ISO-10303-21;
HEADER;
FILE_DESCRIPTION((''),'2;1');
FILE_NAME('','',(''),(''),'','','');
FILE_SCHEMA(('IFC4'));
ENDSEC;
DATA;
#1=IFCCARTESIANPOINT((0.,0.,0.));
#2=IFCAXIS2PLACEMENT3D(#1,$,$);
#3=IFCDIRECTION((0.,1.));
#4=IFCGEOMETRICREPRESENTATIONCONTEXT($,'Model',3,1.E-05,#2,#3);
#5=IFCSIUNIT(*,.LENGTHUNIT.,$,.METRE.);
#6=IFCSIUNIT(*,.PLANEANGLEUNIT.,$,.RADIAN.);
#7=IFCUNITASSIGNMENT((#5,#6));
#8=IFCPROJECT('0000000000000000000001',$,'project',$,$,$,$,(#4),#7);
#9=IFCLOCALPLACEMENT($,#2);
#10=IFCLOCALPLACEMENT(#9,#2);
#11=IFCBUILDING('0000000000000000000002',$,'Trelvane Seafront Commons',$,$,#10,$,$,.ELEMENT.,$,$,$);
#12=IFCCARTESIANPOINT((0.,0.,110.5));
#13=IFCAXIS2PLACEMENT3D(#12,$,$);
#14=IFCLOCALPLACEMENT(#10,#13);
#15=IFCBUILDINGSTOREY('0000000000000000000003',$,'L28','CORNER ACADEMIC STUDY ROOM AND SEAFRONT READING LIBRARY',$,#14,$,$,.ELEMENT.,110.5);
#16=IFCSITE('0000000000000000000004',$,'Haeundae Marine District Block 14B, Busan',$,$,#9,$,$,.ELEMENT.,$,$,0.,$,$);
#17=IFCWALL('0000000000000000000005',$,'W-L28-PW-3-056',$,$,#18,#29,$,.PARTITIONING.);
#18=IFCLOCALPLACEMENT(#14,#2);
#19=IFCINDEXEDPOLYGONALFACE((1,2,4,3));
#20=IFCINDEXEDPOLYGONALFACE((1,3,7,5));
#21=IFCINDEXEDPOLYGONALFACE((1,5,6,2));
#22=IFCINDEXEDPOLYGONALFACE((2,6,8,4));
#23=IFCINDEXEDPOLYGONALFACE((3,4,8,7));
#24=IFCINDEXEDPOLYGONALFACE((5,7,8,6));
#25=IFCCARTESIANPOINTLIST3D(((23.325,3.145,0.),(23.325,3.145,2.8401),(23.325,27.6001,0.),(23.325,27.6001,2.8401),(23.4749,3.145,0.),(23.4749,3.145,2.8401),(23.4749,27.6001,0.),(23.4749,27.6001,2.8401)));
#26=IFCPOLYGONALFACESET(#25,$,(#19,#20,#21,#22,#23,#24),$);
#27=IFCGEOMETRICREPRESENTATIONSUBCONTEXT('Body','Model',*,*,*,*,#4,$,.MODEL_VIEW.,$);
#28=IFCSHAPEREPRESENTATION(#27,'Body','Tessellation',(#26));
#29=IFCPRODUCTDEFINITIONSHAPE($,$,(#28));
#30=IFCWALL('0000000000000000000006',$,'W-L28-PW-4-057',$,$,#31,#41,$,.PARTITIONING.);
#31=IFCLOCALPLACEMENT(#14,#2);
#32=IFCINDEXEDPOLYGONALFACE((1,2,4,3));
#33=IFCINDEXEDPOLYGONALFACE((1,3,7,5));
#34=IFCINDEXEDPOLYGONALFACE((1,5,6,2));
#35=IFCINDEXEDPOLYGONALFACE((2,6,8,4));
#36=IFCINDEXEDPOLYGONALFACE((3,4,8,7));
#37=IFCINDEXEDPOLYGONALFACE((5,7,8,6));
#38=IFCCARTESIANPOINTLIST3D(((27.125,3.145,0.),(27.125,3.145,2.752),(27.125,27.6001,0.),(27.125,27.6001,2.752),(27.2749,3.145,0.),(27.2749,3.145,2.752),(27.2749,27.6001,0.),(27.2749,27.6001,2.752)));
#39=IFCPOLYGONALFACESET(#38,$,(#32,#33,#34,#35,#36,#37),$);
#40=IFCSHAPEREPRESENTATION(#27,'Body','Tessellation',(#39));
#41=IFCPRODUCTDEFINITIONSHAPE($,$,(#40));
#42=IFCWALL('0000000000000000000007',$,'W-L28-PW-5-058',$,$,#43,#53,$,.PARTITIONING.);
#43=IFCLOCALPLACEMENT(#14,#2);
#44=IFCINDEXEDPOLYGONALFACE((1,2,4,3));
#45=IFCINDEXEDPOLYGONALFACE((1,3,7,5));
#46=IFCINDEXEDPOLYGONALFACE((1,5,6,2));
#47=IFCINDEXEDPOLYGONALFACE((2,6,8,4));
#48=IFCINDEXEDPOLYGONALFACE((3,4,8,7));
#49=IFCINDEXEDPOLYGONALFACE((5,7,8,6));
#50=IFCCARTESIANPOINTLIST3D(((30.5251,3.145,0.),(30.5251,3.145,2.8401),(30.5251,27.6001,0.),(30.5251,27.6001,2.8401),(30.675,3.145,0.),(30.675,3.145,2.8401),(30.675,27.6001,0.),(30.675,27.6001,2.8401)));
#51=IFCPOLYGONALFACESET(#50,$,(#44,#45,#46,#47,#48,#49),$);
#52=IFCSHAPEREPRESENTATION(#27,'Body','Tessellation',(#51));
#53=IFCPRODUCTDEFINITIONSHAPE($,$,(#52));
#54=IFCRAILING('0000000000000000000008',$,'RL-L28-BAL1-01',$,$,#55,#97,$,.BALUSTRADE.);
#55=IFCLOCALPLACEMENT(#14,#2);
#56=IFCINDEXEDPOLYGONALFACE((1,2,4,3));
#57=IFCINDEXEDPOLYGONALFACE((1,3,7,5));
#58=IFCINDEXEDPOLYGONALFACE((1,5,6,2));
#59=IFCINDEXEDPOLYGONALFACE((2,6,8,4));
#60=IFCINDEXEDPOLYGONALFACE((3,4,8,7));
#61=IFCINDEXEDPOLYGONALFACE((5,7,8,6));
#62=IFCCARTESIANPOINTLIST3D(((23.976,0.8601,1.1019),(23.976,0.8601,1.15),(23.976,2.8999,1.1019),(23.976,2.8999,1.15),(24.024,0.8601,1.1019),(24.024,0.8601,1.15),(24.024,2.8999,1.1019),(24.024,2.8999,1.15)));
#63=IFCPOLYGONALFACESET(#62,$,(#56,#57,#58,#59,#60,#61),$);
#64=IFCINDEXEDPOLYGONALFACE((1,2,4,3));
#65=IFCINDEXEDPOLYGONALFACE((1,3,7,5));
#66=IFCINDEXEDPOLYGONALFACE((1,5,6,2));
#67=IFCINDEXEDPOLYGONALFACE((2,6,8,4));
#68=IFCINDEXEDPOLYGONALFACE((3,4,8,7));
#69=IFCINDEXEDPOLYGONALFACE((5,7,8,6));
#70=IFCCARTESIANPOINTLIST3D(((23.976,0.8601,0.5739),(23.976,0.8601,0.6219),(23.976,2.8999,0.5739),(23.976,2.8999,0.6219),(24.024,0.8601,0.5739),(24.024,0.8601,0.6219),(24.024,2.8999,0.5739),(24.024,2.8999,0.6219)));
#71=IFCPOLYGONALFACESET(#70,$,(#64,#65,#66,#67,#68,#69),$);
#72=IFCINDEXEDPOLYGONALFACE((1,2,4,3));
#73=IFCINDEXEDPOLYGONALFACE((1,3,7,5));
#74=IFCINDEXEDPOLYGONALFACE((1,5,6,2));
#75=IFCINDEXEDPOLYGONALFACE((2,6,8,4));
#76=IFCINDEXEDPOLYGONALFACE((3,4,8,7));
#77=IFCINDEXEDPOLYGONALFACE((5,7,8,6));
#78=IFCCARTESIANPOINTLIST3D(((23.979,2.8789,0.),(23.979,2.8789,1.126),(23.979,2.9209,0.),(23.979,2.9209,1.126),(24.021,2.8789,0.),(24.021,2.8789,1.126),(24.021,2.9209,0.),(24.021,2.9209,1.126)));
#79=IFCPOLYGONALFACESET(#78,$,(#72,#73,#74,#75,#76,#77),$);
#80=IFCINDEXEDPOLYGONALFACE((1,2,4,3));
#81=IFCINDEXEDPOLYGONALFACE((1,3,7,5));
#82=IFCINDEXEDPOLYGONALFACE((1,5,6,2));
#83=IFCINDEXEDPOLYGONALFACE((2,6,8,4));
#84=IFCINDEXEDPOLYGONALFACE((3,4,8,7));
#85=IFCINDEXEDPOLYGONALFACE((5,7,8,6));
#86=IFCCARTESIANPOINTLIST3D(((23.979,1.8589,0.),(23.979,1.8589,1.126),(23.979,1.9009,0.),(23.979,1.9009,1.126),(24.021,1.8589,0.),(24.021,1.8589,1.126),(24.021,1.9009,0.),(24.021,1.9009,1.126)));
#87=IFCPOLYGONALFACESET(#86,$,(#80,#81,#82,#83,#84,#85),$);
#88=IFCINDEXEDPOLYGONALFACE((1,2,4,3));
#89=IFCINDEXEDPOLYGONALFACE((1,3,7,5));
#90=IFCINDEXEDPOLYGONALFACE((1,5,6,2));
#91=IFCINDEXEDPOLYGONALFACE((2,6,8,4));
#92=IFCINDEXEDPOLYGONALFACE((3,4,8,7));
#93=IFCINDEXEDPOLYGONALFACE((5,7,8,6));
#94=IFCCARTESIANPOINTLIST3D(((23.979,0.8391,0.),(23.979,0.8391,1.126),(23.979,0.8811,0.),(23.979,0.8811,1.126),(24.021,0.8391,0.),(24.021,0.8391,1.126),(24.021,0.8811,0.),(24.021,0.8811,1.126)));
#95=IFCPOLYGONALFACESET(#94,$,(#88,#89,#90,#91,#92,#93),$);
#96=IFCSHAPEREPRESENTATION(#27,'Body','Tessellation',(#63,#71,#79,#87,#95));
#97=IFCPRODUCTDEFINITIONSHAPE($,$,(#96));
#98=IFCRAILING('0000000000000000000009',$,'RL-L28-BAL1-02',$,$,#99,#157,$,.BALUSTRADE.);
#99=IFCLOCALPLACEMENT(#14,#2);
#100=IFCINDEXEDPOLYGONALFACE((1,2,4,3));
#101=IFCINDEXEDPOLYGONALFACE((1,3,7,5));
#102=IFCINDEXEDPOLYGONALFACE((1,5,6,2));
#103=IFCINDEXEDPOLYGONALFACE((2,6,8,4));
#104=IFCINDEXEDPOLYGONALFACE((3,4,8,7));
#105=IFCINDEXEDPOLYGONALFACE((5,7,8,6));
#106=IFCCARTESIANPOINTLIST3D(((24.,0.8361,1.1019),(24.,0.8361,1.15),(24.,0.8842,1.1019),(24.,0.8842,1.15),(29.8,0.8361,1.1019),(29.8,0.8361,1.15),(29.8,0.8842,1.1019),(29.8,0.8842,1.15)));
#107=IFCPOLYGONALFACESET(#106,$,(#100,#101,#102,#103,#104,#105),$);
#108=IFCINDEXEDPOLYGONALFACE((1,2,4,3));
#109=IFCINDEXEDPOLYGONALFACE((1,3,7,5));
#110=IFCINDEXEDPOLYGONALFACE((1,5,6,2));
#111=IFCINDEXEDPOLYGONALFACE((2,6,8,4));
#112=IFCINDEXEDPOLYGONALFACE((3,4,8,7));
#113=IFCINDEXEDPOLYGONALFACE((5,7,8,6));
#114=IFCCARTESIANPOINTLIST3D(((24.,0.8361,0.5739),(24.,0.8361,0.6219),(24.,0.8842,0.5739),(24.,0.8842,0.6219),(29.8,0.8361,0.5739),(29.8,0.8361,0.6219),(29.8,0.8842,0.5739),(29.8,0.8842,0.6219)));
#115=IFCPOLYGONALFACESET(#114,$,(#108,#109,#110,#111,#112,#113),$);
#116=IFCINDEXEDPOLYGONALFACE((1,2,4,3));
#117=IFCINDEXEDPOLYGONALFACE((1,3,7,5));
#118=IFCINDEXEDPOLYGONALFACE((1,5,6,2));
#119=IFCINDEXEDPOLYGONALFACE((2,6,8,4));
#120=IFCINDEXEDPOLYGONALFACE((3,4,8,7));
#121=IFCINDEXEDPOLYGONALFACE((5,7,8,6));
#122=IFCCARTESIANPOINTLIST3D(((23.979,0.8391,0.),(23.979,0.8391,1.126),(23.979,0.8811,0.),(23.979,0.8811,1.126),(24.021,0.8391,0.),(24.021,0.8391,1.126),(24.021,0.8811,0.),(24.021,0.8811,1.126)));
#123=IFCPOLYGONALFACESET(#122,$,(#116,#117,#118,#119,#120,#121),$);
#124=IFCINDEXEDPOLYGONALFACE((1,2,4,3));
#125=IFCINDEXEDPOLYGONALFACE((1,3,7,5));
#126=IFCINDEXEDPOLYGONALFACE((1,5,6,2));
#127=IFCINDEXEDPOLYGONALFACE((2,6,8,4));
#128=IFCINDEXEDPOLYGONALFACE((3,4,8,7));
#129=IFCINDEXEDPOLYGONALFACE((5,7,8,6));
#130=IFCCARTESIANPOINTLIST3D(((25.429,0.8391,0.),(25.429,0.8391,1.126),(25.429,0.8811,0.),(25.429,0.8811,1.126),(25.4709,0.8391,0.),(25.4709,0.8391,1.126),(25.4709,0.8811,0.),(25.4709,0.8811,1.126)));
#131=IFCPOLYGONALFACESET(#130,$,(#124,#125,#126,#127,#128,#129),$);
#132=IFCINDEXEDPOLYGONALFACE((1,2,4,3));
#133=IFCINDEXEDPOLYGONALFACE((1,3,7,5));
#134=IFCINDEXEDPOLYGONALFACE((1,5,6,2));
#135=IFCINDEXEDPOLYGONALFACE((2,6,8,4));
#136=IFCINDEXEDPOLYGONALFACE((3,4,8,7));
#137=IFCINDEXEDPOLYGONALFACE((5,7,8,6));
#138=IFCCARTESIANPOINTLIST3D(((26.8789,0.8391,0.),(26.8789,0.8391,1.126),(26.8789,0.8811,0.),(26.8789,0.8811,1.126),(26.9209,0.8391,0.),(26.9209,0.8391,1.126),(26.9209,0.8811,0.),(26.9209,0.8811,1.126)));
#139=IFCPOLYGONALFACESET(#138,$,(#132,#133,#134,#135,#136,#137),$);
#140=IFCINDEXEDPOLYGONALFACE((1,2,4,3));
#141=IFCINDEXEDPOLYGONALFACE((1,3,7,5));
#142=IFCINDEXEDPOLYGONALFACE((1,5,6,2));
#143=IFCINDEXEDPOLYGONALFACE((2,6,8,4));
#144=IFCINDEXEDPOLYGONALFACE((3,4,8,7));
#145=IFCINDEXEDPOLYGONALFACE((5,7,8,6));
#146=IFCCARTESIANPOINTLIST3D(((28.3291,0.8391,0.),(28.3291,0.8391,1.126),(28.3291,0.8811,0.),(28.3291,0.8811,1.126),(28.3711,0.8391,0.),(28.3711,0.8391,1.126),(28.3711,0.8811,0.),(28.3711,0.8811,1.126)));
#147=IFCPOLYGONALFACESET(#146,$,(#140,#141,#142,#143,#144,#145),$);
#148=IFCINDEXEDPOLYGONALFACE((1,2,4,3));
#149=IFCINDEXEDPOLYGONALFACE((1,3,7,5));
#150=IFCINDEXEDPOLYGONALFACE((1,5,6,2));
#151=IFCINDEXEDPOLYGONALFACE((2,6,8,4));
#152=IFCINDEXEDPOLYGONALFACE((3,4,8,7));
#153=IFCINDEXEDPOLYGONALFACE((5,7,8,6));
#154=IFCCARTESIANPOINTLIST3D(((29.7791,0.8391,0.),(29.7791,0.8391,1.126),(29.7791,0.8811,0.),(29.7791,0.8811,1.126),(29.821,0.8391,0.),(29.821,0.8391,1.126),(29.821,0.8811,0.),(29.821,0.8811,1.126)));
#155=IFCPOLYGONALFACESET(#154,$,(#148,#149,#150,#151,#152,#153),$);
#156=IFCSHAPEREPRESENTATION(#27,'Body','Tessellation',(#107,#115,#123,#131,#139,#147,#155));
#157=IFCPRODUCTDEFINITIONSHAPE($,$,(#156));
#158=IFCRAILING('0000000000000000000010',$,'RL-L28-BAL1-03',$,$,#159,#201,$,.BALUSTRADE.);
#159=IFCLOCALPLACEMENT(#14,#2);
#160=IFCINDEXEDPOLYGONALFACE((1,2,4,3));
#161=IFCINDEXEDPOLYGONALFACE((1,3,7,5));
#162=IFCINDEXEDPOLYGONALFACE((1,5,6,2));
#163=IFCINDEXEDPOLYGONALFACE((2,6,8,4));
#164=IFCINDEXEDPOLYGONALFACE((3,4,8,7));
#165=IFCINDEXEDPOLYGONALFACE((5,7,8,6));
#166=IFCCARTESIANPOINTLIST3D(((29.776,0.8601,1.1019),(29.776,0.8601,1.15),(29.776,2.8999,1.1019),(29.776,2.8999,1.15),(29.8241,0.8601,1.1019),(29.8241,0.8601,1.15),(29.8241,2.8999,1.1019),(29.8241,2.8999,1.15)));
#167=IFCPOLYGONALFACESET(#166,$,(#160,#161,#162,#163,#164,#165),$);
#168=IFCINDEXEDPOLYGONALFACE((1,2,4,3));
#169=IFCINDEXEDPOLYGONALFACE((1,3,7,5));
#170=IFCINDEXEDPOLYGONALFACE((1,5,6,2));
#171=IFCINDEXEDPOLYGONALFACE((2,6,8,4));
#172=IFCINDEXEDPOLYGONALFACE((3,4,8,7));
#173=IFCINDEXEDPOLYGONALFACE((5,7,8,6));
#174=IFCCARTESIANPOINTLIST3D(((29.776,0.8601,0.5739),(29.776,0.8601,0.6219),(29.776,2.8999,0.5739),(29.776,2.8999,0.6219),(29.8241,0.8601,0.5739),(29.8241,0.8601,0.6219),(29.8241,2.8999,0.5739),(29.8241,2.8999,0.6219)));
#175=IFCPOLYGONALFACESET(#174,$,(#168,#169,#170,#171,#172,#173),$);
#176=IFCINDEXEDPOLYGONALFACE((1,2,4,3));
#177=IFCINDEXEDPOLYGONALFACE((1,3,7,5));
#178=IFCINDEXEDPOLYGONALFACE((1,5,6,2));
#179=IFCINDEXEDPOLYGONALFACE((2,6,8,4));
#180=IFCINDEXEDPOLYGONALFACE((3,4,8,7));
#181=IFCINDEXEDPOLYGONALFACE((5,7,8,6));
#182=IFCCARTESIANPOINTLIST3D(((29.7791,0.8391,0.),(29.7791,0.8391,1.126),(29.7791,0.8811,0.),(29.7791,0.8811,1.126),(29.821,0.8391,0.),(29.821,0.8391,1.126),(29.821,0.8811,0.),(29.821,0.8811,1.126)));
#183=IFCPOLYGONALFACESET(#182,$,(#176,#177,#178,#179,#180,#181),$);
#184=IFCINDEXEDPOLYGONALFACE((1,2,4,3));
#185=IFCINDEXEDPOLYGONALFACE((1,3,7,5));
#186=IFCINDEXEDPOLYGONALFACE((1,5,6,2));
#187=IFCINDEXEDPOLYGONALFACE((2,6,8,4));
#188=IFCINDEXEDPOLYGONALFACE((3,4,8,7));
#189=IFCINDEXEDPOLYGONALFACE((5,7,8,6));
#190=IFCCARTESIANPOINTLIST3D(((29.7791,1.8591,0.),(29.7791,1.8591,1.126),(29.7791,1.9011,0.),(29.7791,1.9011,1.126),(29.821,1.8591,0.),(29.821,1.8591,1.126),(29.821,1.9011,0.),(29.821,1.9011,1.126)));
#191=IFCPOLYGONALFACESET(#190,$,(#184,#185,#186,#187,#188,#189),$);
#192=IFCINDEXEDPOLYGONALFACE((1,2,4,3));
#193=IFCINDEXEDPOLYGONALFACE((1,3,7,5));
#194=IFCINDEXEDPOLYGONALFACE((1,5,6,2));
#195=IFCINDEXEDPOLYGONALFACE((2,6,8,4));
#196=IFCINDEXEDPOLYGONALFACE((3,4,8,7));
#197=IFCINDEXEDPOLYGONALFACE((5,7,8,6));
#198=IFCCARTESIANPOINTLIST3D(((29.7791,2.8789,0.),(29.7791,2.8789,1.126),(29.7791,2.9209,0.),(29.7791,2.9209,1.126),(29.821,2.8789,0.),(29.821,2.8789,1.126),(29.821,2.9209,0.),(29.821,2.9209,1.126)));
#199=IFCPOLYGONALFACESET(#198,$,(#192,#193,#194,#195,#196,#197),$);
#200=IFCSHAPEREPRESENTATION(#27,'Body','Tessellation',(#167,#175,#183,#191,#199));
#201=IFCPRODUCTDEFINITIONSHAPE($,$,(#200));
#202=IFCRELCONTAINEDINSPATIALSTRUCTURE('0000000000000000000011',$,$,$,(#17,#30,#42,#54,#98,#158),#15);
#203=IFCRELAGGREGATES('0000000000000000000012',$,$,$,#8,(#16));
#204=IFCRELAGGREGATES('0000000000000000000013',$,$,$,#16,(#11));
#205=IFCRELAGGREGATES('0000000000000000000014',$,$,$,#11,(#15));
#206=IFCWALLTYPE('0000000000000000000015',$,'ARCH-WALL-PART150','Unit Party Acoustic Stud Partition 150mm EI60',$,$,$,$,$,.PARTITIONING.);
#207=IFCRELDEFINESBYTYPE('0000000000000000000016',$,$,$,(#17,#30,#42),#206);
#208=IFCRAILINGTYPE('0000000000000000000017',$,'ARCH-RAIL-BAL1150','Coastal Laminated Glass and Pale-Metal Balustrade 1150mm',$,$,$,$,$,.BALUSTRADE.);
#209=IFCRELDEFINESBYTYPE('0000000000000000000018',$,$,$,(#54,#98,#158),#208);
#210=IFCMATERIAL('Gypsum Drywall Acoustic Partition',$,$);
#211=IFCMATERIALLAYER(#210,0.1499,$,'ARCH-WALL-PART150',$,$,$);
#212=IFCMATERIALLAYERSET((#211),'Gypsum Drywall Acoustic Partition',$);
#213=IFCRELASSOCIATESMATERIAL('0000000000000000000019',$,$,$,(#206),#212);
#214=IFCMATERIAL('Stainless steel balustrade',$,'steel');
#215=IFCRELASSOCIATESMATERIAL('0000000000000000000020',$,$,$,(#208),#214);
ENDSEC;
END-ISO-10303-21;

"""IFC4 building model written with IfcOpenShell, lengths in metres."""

from ifc_helpers import new_model, si_unit, direction, frame, frame_2d, origin, origin_2d, place, context, subcontext, project, spatial, rectangle, extrude, material, layer, layer_set, type_object, element, save


model = new_model("IFC4")

# Units and contexts
model_context = context("Model", 3, precision=1e-05, world=origin(), true_north=direction((0.0, 1.0)))
body_context = subcontext(model_context, "Body", "Model", "MODEL_VIEW")
ifc_project = project(units=[si_unit("LENGTHUNIT", "METRE"), si_unit("PLANEANGLEUNIT", "RADIAN")], contexts=[model_context])

# Site, building, storey
site_placement = place(None, origin())
site = spatial("IfcSite", under=ifc_project, at=site_placement, Name="Haeundae Marine District Block 14B, Busan", CompositionType="ELEMENT", RefElevation=0.0)
building_placement = place(site_placement, origin())
building = spatial("IfcBuilding", under=site, at=building_placement, Name="Trelvane Seafront Commons", CompositionType="ELEMENT")
storey_placement = place(building_placement, frame((0.0, 0.0, 110.5)))
storey = spatial("IfcBuildingStorey", under=building, at=storey_placement, Name="L28", Description="CORNER ACADEMIC STUDY ROOM AND SEAFRONT READING LIBRARY", CompositionType="ELEMENT", Elevation=110.5)

# Walls
ifc_material_1 = material(Name="Gypsum Drywall Acoustic Partition")
ifc_layer_1 = layer(ifc_material_1, 0.1499, Name="ARCH-WALL-PART150")
ifc_layer_set_1 = layer_set([ifc_layer_1], Name="Gypsum Drywall Acoustic Partition")
wall_type = type_object("IfcWallType", Name="ARCH-WALL-PART150", Description="Unit Party Acoustic Stud Partition 150mm EI60", PredefinedType="PARTITIONING", material=ifc_layer_set_1)
wall_1_placement = place(storey_placement, frame((23.3999, 3.145, 0.0), z_axis=(0.0, 0.0, 1.0), x_axis=(0.0, 1.0, 0.0)))
element("IfcWall", 1, at=wall_1_placement, inside=storey, type_object=wall_type, Name="W-L28-PW-3-056", PredefinedType="PARTITIONING", context=body_context, shape_type="SweptSolid", body=[
    extrude(rectangle(XDim=24.4551, YDim=0.1499, at=frame_2d((12.2275, 0.0))), origin(), (0.0, 0.0, 1.0), 2.8401),
])
wall_2_placement = place(storey_placement, frame((27.2, 3.145, 0.0), z_axis=(0.0, 0.0, 1.0), x_axis=(0.0, 1.0, 0.0)))
element("IfcWall", 2, at=wall_2_placement, inside=storey, type_object=wall_type, Name="W-L28-PW-4-057", PredefinedType="PARTITIONING", context=body_context, shape_type="SweptSolid", body=[
    extrude(rectangle(XDim=24.4551, YDim=0.1499, at=frame_2d((12.2275, 0.0))), origin(), (0.0, 0.0, 1.0), 2.752),
])
wall_3_placement = place(storey_placement, frame((30.6001, 3.145, 0.0), z_axis=(0.0, 0.0, 1.0), x_axis=(0.0, 1.0, 0.0)))
element("IfcWall", 3, at=wall_3_placement, inside=storey, type_object=wall_type, Name="W-L28-PW-5-058", PredefinedType="PARTITIONING", context=body_context, shape_type="SweptSolid", body=[
    extrude(rectangle(XDim=24.4551, YDim=0.1499, at=frame_2d((12.2275, 0.0))), origin(), (0.0, 0.0, 1.0), 2.8401),
])

# Railings
ifc_material_2 = material(Name="Stainless steel balustrade", Category="steel")
railing_type = type_object("IfcRailingType", Name="ARCH-RAIL-BAL1150", Description="Coastal Laminated Glass and Pale-Metal Balustrade 1150mm", PredefinedType="BALUSTRADE", material=ifc_material_2)
railing_1_placement = place(storey_placement, frame((24.0, 2.8999, 0.0)))
element("IfcRailing", 4, at=railing_1_placement, inside=storey, type_object=railing_type, Name="RL-L28-BAL1-01", PredefinedType="BALUSTRADE", context=body_context, shape_type="SweptSolid", body=[
    extrude(rectangle(XDim=0.0481, YDim=0.0481, at=origin_2d()), frame((0.0, 0.0, 1.126), z_axis=(0.0, -1.0, 0.0), x_axis=(1.0, 0.0, 0.0)), (0.0, 0.0, 1.0), 2.0398),
    extrude(rectangle(XDim=0.0481, YDim=0.0481, at=origin_2d()), frame((0.0, 0.0, 0.5979), z_axis=(0.0, -1.0, 0.0), x_axis=(1.0, 0.0, 0.0)), (0.0, 0.0, 1.0), 2.0398),
    extrude(rectangle(XDim=0.042, YDim=0.042, at=origin_2d()), origin(), (0.0, 0.0, 1.0), 1.126),
    extrude(rectangle(XDim=0.042, YDim=0.042, at=origin_2d()), frame((0.0, -1.02, 0.0)), (0.0, 0.0, 1.0), 1.126),
    extrude(rectangle(XDim=0.042, YDim=0.042, at=origin_2d()), frame((0.0, -2.0398, 0.0)), (0.0, 0.0, 1.0), 1.126),
])
railing_2_placement = place(storey_placement, frame((24.0, 0.8601, 0.0)))
element("IfcRailing", 5, at=railing_2_placement, inside=storey, type_object=railing_type, Name="RL-L28-BAL1-02", PredefinedType="BALUSTRADE", context=body_context, shape_type="SweptSolid", body=[
    extrude(rectangle(XDim=0.0481, YDim=0.0481, at=origin_2d()), frame((0.0, 0.0, 1.126), z_axis=(1.0, 0.0, 0.0), x_axis=(0.0, 1.0, 0.0)), (0.0, 0.0, 1.0), 5.8),
    extrude(rectangle(XDim=0.0481, YDim=0.0481, at=origin_2d()), frame((0.0, 0.0, 0.5979), z_axis=(1.0, 0.0, 0.0), x_axis=(0.0, 1.0, 0.0)), (0.0, 0.0, 1.0), 5.8),
    extrude(rectangle(XDim=0.042, YDim=0.042, at=origin_2d()), origin(), (0.0, 0.0, 1.0), 1.126),
    extrude(rectangle(XDim=0.042, YDim=0.042, at=origin_2d()), frame((1.45, 0.0, 0.0)), (0.0, 0.0, 1.0), 1.126),
    extrude(rectangle(XDim=0.042, YDim=0.042, at=origin_2d()), frame((2.8999, 0.0, 0.0)), (0.0, 0.0, 1.0), 1.126),
    extrude(rectangle(XDim=0.042, YDim=0.042, at=origin_2d()), frame((4.3501, 0.0, 0.0)), (0.0, 0.0, 1.0), 1.126),
    extrude(rectangle(XDim=0.042, YDim=0.042, at=origin_2d()), frame((5.8, 0.0, 0.0)), (0.0, 0.0, 1.0), 1.126),
])
railing_3_placement = place(storey_placement, frame((29.8, 0.8601, 0.0)))
element("IfcRailing", 6, at=railing_3_placement, inside=storey, type_object=railing_type, Name="RL-L28-BAL1-03", PredefinedType="BALUSTRADE", context=body_context, shape_type="SweptSolid", body=[
    extrude(rectangle(XDim=0.0481, YDim=0.0481, at=origin_2d()), frame((0.0, 0.0, 1.126), z_axis=(0.0, 1.0, 0.0), x_axis=(-1.0, 0.0, 0.0)), (0.0, 0.0, 1.0), 2.0398),
    extrude(rectangle(XDim=0.0481, YDim=0.0481, at=origin_2d()), frame((0.0, 0.0, 0.5979), z_axis=(0.0, 1.0, 0.0), x_axis=(-1.0, 0.0, 0.0)), (0.0, 0.0, 1.0), 2.0398),
    extrude(rectangle(XDim=0.042, YDim=0.042, at=origin_2d()), origin(), (0.0, 0.0, 1.0), 1.126),
    extrude(rectangle(XDim=0.042, YDim=0.042, at=origin_2d()), frame((0.0, 1.02, 0.0)), (0.0, 0.0, 1.0), 1.126),
    extrude(rectangle(XDim=0.042, YDim=0.042, at=origin_2d()), frame((0.0, 2.0398, 0.0)), (0.0, 0.0, 1.0), 1.126),
])

save(model, "model.ifc")
